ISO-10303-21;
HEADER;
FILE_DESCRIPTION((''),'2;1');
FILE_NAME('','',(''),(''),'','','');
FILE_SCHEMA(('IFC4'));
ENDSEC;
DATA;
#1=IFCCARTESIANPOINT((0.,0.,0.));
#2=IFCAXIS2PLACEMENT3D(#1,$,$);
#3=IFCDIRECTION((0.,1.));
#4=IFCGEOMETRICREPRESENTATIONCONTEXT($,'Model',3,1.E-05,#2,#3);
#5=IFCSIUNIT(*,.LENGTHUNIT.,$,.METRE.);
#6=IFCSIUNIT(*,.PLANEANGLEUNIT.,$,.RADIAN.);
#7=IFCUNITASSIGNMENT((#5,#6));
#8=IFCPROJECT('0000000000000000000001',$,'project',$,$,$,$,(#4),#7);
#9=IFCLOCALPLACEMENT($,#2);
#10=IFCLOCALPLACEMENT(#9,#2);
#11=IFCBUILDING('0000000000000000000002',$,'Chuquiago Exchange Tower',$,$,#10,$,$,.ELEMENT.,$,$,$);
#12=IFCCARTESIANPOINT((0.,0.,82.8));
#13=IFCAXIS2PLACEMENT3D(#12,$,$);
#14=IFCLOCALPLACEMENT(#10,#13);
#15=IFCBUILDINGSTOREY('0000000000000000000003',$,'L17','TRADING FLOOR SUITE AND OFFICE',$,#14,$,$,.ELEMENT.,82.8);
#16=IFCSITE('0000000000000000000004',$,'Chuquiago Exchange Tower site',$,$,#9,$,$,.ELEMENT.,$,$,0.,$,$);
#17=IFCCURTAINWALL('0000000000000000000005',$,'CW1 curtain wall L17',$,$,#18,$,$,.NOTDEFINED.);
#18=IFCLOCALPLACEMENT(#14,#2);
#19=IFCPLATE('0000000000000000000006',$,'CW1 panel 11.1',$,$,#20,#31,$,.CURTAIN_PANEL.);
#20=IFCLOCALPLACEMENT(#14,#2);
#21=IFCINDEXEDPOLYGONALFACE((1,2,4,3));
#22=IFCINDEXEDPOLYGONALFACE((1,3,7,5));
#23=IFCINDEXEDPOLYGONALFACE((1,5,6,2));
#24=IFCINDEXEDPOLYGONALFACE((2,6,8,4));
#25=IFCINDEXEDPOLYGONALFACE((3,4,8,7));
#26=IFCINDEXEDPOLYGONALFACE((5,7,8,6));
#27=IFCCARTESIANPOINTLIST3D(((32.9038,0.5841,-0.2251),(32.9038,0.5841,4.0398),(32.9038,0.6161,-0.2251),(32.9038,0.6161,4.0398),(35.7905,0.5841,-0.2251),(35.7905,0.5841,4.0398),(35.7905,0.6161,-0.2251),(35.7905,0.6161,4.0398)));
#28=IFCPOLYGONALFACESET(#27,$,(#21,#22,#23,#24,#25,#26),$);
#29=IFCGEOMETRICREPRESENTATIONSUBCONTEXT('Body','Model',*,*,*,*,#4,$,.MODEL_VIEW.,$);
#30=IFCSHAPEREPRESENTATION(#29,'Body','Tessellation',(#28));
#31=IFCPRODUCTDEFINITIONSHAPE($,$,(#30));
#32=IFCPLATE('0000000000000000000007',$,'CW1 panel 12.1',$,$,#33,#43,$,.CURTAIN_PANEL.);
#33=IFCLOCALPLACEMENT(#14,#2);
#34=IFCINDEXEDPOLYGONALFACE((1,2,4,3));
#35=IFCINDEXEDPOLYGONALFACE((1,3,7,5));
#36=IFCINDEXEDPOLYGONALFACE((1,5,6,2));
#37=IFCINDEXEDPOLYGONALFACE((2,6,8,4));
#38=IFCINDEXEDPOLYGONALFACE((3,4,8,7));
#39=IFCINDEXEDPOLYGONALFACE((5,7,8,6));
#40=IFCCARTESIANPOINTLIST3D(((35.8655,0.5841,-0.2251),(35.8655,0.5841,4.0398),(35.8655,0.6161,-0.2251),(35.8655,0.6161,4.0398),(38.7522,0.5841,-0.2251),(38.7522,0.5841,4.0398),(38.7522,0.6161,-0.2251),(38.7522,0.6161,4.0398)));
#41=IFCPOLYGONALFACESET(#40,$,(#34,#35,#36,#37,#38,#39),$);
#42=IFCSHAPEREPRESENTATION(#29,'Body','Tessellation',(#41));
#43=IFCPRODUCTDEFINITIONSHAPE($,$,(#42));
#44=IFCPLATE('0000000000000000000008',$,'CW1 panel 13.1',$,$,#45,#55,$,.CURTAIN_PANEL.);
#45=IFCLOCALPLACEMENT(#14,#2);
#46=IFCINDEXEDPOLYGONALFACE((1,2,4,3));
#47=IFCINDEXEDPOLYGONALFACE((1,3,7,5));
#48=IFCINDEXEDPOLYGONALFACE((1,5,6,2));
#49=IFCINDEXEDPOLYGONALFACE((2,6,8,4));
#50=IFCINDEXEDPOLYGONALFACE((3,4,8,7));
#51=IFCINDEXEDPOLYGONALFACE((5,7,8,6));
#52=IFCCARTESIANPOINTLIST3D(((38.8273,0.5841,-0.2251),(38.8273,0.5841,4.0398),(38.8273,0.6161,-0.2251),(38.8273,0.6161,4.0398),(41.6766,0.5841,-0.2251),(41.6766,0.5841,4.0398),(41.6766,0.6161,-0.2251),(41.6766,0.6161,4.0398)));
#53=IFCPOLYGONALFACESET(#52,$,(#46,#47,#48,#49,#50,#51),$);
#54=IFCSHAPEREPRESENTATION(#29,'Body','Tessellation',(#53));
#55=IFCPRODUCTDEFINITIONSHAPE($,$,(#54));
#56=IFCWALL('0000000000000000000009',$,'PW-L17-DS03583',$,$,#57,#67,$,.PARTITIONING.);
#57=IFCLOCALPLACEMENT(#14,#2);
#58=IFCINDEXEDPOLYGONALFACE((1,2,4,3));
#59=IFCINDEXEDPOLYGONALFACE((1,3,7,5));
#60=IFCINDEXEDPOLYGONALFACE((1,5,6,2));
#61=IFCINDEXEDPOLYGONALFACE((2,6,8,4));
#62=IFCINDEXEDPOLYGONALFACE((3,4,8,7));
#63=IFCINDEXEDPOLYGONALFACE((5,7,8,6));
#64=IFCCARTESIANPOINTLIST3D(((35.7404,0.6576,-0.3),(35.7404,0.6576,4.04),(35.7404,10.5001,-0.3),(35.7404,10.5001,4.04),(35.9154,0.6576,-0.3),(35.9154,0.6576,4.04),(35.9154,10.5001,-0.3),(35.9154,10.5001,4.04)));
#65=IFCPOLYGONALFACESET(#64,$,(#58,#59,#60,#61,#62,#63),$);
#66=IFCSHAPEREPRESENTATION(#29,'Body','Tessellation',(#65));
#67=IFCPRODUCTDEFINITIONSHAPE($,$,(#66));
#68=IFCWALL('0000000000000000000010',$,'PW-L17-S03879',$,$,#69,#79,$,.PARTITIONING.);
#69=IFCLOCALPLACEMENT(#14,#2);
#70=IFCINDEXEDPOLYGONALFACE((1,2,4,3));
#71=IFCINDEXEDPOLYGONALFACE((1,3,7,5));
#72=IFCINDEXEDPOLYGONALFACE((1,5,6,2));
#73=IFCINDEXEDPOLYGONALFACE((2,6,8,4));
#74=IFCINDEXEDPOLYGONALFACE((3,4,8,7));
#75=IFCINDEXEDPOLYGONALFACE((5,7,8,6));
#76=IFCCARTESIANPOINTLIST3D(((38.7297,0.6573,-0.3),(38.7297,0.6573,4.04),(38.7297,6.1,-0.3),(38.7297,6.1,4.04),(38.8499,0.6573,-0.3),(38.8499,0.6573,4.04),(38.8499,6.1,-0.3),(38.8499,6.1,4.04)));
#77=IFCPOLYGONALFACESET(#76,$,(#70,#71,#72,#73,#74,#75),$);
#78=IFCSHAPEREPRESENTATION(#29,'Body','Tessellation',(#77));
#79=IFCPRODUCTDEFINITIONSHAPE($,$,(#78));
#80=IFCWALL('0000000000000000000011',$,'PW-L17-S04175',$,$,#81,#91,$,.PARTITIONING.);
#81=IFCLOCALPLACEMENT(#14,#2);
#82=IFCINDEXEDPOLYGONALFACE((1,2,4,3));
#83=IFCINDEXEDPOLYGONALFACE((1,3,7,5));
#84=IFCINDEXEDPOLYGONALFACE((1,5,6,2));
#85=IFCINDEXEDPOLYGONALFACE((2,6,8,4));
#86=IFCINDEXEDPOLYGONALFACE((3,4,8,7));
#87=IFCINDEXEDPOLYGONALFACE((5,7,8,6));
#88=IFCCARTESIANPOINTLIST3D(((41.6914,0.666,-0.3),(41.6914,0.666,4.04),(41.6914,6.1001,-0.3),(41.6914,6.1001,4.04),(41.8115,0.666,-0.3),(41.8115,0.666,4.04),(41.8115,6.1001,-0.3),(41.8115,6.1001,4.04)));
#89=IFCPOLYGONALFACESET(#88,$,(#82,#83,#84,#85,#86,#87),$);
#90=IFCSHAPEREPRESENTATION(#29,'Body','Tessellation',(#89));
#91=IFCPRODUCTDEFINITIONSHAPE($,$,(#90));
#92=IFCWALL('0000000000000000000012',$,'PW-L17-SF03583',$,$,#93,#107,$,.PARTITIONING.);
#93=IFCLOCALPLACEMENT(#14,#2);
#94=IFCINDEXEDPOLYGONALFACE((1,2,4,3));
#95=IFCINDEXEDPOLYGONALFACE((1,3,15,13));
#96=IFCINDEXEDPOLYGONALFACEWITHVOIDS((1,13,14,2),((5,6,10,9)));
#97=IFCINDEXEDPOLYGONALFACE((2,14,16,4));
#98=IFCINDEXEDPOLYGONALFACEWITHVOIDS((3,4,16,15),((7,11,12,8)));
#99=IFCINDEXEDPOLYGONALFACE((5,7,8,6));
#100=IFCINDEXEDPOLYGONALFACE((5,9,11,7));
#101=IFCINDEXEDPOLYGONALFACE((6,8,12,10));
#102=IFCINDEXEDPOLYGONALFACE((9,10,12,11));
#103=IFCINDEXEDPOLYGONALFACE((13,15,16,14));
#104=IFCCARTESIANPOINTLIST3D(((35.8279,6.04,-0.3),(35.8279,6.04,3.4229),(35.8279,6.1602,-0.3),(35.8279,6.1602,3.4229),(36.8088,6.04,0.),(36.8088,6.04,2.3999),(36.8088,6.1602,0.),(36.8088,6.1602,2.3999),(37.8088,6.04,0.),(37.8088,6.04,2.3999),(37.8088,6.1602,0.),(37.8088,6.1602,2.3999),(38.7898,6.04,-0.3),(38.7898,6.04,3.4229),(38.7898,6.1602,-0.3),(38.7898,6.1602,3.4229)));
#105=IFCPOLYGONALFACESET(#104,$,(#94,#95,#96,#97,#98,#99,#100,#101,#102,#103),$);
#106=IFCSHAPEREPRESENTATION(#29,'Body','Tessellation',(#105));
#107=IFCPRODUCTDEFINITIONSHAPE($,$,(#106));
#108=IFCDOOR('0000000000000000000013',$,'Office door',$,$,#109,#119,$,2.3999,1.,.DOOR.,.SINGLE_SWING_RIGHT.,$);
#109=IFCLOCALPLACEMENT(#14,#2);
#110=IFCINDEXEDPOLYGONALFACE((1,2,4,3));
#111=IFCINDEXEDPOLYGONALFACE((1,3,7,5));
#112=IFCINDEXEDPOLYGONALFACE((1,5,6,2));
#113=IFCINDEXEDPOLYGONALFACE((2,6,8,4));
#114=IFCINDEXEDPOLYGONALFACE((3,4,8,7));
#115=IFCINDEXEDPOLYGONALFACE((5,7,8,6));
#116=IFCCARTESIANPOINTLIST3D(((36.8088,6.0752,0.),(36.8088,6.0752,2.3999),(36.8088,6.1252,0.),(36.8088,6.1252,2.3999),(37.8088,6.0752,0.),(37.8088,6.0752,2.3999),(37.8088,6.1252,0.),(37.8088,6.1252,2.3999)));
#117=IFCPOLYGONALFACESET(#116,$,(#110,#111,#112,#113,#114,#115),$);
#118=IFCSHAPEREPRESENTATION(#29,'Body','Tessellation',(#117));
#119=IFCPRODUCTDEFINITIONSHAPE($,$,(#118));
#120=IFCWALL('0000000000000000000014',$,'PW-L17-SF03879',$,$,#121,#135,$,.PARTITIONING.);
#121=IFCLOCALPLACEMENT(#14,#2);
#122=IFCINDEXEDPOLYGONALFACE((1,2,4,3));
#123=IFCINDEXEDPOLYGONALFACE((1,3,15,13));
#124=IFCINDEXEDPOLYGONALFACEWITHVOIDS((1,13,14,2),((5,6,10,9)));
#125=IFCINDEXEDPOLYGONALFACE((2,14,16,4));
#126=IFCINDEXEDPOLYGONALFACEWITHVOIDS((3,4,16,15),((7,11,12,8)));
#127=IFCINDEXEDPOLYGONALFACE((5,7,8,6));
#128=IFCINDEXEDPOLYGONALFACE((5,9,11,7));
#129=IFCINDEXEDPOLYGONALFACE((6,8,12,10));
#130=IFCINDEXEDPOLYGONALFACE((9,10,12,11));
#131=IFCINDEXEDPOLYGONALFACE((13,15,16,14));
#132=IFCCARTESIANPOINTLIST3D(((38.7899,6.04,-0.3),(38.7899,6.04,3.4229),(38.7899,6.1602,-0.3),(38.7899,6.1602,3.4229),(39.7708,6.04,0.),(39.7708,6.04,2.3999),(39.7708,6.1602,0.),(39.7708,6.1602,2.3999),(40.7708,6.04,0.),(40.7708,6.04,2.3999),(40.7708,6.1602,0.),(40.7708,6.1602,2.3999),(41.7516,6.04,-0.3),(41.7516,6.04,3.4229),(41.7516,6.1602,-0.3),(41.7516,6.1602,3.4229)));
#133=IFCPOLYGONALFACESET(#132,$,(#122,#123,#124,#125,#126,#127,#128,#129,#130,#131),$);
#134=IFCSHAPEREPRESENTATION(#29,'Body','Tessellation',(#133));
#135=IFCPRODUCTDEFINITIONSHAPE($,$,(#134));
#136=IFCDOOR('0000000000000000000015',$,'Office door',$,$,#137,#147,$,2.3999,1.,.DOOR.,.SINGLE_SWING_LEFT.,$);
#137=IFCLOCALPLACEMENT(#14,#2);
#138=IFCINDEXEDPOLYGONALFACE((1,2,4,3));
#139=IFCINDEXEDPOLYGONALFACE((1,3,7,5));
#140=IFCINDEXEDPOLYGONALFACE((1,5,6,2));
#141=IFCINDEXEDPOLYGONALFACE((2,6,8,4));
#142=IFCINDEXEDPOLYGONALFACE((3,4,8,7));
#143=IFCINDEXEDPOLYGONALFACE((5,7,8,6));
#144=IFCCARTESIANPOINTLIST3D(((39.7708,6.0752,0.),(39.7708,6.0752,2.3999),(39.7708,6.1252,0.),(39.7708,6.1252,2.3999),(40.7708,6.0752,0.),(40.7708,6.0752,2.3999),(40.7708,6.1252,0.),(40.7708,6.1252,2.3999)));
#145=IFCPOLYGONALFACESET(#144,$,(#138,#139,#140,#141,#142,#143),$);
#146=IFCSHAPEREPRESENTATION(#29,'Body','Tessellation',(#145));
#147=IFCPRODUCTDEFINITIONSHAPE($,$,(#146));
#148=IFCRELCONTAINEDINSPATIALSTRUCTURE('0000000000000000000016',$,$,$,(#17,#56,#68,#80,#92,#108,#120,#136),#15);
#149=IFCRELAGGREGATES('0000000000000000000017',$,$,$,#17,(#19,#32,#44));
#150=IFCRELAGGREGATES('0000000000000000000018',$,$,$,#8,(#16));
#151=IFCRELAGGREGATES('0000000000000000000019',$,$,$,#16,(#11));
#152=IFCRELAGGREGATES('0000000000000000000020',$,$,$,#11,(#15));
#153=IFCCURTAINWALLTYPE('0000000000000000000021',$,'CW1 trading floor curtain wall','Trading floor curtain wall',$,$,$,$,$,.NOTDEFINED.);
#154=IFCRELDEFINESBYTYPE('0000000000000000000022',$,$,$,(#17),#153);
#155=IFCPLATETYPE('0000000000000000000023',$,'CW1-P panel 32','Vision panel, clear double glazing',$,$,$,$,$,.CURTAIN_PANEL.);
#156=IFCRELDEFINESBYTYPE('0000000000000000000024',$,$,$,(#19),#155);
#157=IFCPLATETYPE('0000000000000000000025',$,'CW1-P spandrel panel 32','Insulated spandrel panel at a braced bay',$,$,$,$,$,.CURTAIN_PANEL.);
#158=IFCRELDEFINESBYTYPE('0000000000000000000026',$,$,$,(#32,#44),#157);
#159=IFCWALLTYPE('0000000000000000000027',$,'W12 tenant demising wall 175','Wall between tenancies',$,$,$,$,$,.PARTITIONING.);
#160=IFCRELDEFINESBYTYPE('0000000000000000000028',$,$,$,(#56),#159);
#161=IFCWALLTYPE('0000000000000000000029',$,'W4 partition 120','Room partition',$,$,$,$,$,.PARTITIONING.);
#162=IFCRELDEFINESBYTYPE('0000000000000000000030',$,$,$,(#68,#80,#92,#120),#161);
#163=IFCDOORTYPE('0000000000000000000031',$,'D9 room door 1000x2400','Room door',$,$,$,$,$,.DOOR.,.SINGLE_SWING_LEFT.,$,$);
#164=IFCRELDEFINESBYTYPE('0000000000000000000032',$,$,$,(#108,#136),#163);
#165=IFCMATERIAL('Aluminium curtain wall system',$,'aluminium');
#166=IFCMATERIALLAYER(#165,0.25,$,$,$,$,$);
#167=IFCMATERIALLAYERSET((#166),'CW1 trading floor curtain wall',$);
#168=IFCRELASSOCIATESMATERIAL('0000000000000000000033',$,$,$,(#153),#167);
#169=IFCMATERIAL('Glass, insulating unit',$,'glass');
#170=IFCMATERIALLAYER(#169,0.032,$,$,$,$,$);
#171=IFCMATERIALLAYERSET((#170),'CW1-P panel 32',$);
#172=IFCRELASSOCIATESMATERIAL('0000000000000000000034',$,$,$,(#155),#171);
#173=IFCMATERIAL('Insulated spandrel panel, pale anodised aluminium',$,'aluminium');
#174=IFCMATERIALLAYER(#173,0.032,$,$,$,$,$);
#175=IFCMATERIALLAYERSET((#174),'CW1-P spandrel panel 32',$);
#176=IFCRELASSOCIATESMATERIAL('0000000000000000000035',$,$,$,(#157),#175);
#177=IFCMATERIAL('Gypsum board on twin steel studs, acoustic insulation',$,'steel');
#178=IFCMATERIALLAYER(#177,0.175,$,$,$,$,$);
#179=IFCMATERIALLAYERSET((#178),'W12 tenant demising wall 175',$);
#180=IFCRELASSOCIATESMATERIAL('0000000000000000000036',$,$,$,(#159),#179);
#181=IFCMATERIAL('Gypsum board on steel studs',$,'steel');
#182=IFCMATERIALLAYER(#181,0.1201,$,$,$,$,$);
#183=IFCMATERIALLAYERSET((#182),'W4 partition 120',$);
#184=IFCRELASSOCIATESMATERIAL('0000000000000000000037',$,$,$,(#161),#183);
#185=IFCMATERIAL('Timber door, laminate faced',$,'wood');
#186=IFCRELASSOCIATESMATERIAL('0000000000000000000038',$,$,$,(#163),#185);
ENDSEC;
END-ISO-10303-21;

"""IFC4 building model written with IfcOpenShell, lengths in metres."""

from ifc_helpers import new_model, si_unit, direction, frame, frame_2d, origin, origin_2d, place, context, subcontext, project, spatial, rectangle, extrude, material, layer, layer_set, type_object, element, fill, aggregate, save


model = new_model("IFC4")

# Units and contexts
model_context = context("Model", 3, precision=1e-05, world=origin(), true_north=direction((0.0, 1.0)))
body_context = subcontext(model_context, "Body", "Model", "MODEL_VIEW")
ifc_project = project(units=[si_unit("LENGTHUNIT", "METRE"), si_unit("PLANEANGLEUNIT", "RADIAN")], contexts=[model_context])

# Site, building, storey
site_placement = place(None, origin())
site = spatial("IfcSite", under=ifc_project, at=site_placement, Name="Chuquiago Exchange Tower site", CompositionType="ELEMENT", RefElevation=0.0)
building_placement = place(site_placement, origin())
building = spatial("IfcBuilding", under=site, at=building_placement, Name="Chuquiago Exchange Tower", CompositionType="ELEMENT")
storey_placement = place(building_placement, frame((0.0, 0.0, 82.8)))
storey = spatial("IfcBuildingStorey", under=building, at=storey_placement, Name="L17", Description="TRADING FLOOR SUITE AND OFFICE", CompositionType="ELEMENT", Elevation=82.8)

# Curtain wall
ifc_material_1 = material(Name="Aluminium curtain wall system", Category="aluminium")
ifc_layer_1 = layer(ifc_material_1, 0.25)
ifc_layer_set_1 = layer_set([ifc_layer_1], Name="CW1 trading floor curtain wall")
curtain_wall_type_1 = type_object("IfcCurtainWallType", Name="CW1 trading floor curtain wall", Description="Trading floor curtain wall", PredefinedType="NOTDEFINED", material=ifc_layer_set_1)
curtain_wall_1_placement = place(storey_placement, origin())
curtain_wall_1 = element("IfcCurtainWall", 1, at=curtain_wall_1_placement, inside=storey, type_object=curtain_wall_type_1, Name="CW1 curtain wall L17", PredefinedType="NOTDEFINED")

# Plates
ifc_material_2 = material(Name="Glass, insulating unit", Category="glass")
ifc_layer_2 = layer(ifc_material_2, 0.032)
ifc_layer_set_2 = layer_set([ifc_layer_2], Name="CW1-P panel 32")
plate_type_1 = type_object("IfcPlateType", Name="CW1-P panel 32", Description="Vision panel, clear double glazing", PredefinedType="CURTAIN_PANEL", material=ifc_layer_set_2)
plate_1_placement = place(storey_placement, frame((34.3472, 0.6001, -0.2251), z_axis=(0.0, 0.0, 1.0), x_axis=(1.0, 0.0, 0.0)))
plate_1 = element("IfcPlate", 2, at=plate_1_placement, type_object=plate_type_1, Name="CW1 panel 11.1", PredefinedType="CURTAIN_PANEL", context=body_context, shape_type="SweptSolid", body=[
    extrude(rectangle(XDim=2.8867, YDim=0.032, at=origin_2d()), origin(), (0.0, 0.0, 1.0), 4.2649),
])
ifc_material_3 = material(Name="Insulated spandrel panel, pale anodised aluminium", Category="aluminium")
ifc_layer_3 = layer(ifc_material_3, 0.032)
ifc_layer_set_3 = layer_set([ifc_layer_3], Name="CW1-P spandrel panel 32")
plate_type_2 = type_object("IfcPlateType", Name="CW1-P spandrel panel 32", Description="Insulated spandrel panel at a braced bay", PredefinedType="CURTAIN_PANEL", material=ifc_layer_set_3)
plate_2_placement = place(storey_placement, frame((37.3088, 0.6001, -0.2251), z_axis=(0.0, 0.0, 1.0), x_axis=(1.0, 0.0, 0.0)))
plate_2 = element("IfcPlate", 3, at=plate_2_placement, type_object=plate_type_2, Name="CW1 panel 12.1", PredefinedType="CURTAIN_PANEL", context=body_context, shape_type="SweptSolid", body=[
    extrude(rectangle(XDim=2.8867, YDim=0.032, at=origin_2d()), origin(), (0.0, 0.0, 1.0), 4.2649),
])
plate_3_placement = place(storey_placement, frame((40.252, 0.6001, -0.2251), z_axis=(0.0, 0.0, 1.0), x_axis=(1.0, 0.0, 0.0)))
plate_3 = element("IfcPlate", 4, at=plate_3_placement, type_object=plate_type_2, Name="CW1 panel 13.1", PredefinedType="CURTAIN_PANEL", context=body_context, shape_type="SweptSolid", body=[
    extrude(rectangle(XDim=2.8494, YDim=0.032, at=origin_2d()), origin(), (0.0, 0.0, 1.0), 4.2649),
])
aggregate(curtain_wall_1, [plate_1, plate_2, plate_3])

# Walls
ifc_material_4 = material(Name="Gypsum board on twin steel studs, acoustic insulation", Category="steel")
ifc_layer_4 = layer(ifc_material_4, 0.175)
ifc_layer_set_4 = layer_set([ifc_layer_4], Name="W12 tenant demising wall 175")
wall_type_1 = type_object("IfcWallType", Name="W12 tenant demising wall 175", Description="Wall between tenancies", PredefinedType="PARTITIONING", material=ifc_layer_set_4)
wall_1_placement = place(storey_placement, frame((35.8279, 0.6575, -0.3), z_axis=(0.0, 0.0, 1.0), x_axis=(0.0, 1.0, 0.0)))
element("IfcWall", 5, at=wall_1_placement, inside=storey, type_object=wall_type_1, Name="PW-L17-DS03583", PredefinedType="PARTITIONING", context=body_context, shape_type="SweptSolid", body=[
    extrude(rectangle(XDim=9.8425, YDim=0.175, at=frame_2d((4.9214, 0.0))), origin(), (0.0, 0.0, 1.0), 4.3401),
])
ifc_material_5 = material(Name="Gypsum board on steel studs", Category="steel")
ifc_layer_5 = layer(ifc_material_5, 0.1201)
ifc_layer_set_5 = layer_set([ifc_layer_5], Name="W4 partition 120")
wall_type_2 = type_object("IfcWallType", Name="W4 partition 120", Description="Room partition", PredefinedType="PARTITIONING", material=ifc_layer_set_5)
wall_2_placement = place(storey_placement, frame((38.7898, 0.6575, -0.3), z_axis=(0.0, 0.0, 1.0), x_axis=(0.0, 1.0, 0.0)))
element("IfcWall", 6, at=wall_2_placement, inside=storey, type_object=wall_type_2, Name="PW-L17-S03879", PredefinedType="PARTITIONING", context=body_context, shape_type="SweptSolid", body=[
    extrude(rectangle(XDim=5.4426, YDim=0.1201, at=frame_2d((2.7212, 0.0))), origin(), (0.0, 0.0, 1.0), 4.3401),
])
wall_3_placement = place(storey_placement, frame((41.7515, 0.666, -0.3), z_axis=(0.0, 0.0, 1.0), x_axis=(0.0, 1.0, 0.0)))
element("IfcWall", 7, at=wall_3_placement, inside=storey, type_object=wall_type_2, Name="PW-L17-S04175", PredefinedType="PARTITIONING", context=body_context, shape_type="SweptSolid", body=[
    extrude(rectangle(XDim=5.4341, YDim=0.1201, at=frame_2d((2.717, 0.0))), origin(), (0.0, 0.0, 1.0), 4.3401),
])

# Walls, openings, doors
wall_4_placement = place(storey_placement, frame((35.8279, 6.1001, -0.3), z_axis=(0.0, 0.0, 1.0), x_axis=(1.0, 0.0, 0.0)))
wall_4 = element("IfcWall", 8, at=wall_4_placement, inside=storey, type_object=wall_type_2, Name="PW-L17-SF03583", PredefinedType="PARTITIONING", context=body_context, shape_type="SweptSolid", body=[
    extrude(rectangle(XDim=2.9619, YDim=0.1201, at=frame_2d((1.481, 0.0))), origin(), (0.0, 0.0, 1.0), 3.7229),
])
opening_1_placement = place(wall_4_placement, frame((0.981, 0.0, 0.3)))
opening_1 = element("IfcOpeningElement", 9, at=opening_1_placement, cuts=wall_4, PredefinedType="OPENING", context=body_context, shape_type="SweptSolid", body=[
    extrude(rectangle(XDim=1.0, YDim=2.3999, at=frame_2d((0.5, 1.2))), frame((0.0, 0.0701, 0.0), z_axis=(0.0, -1.0, 0.0), x_axis=(1.0, 0.0, 0.0)), (0.0, 0.0, 1.0), 0.1401),
])
ifc_material_6 = material(Name="Timber door, laminate faced", Category="wood")
door_type = type_object("IfcDoorType", Name="D9 room door 1000x2400", Description="Room door", OperationType="SINGLE_SWING_LEFT", PredefinedType="DOOR", material=ifc_material_6)
door_1_placement = place(opening_1_placement, frame((1.0, 0.0, 0.0), z_axis=(0.0, 0.0, 1.0), x_axis=(-1.0, 0.0, 0.0)))
door_1 = element("IfcDoor", 10, at=door_1_placement, inside=storey, type_object=door_type, Name="Office door", OperationType="SINGLE_SWING_RIGHT", OverallHeight=2.3999, OverallWidth=1.0, PredefinedType="DOOR", context=body_context, shape_type="SweptSolid", body=[
    extrude(rectangle(XDim=1.0, YDim=2.3999, at=frame_2d((0.5, 1.2))), frame((0.0, 0.0249, 0.0), z_axis=(0.0, -1.0, 0.0), x_axis=(1.0, 0.0, 0.0)), (0.0, 0.0, 1.0), 0.05),
])
fill(opening_1, door_1)
wall_5_placement = place(storey_placement, frame((38.7898, 6.1001, -0.3), z_axis=(0.0, 0.0, 1.0), x_axis=(1.0, 0.0, 0.0)))
wall_5 = element("IfcWall", 11, at=wall_5_placement, inside=storey, type_object=wall_type_2, Name="PW-L17-SF03879", PredefinedType="PARTITIONING", context=body_context, shape_type="SweptSolid", body=[
    extrude(rectangle(XDim=2.9617, YDim=0.1201, at=frame_2d((1.481, 0.0))), origin(), (0.0, 0.0, 1.0), 3.7229),
])
opening_2_placement = place(wall_5_placement, frame((0.981, 0.0, 0.3)))
opening_2 = element("IfcOpeningElement", 12, at=opening_2_placement, cuts=wall_5, PredefinedType="OPENING", context=body_context, shape_type="SweptSolid", body=[
    extrude(rectangle(XDim=1.0, YDim=2.3999, at=frame_2d((0.5, 1.2))), frame((0.0, 0.0701, 0.0), z_axis=(0.0, -1.0, 0.0), x_axis=(1.0, 0.0, 0.0)), (0.0, 0.0, 1.0), 0.1401),
])
door_2_placement = place(opening_2_placement, frame((1.0, 0.0, 0.0), z_axis=(0.0, 0.0, 1.0), x_axis=(-1.0, 0.0, 0.0)))
door_2 = element("IfcDoor", 13, at=door_2_placement, inside=storey, type_object=door_type, Name="Office door", OperationType="SINGLE_SWING_LEFT", OverallHeight=2.3999, OverallWidth=1.0, PredefinedType="DOOR", context=body_context, shape_type="SweptSolid", body=[
    extrude(rectangle(XDim=1.0, YDim=2.3999, at=frame_2d((0.5, 1.2))), frame((0.0, 0.0249, 0.0), z_axis=(0.0, -1.0, 0.0), x_axis=(1.0, 0.0, 0.0)), (0.0, 0.0, 1.0), 0.05),
])
fill(opening_2, door_2)

save(model, "model.ifc")
